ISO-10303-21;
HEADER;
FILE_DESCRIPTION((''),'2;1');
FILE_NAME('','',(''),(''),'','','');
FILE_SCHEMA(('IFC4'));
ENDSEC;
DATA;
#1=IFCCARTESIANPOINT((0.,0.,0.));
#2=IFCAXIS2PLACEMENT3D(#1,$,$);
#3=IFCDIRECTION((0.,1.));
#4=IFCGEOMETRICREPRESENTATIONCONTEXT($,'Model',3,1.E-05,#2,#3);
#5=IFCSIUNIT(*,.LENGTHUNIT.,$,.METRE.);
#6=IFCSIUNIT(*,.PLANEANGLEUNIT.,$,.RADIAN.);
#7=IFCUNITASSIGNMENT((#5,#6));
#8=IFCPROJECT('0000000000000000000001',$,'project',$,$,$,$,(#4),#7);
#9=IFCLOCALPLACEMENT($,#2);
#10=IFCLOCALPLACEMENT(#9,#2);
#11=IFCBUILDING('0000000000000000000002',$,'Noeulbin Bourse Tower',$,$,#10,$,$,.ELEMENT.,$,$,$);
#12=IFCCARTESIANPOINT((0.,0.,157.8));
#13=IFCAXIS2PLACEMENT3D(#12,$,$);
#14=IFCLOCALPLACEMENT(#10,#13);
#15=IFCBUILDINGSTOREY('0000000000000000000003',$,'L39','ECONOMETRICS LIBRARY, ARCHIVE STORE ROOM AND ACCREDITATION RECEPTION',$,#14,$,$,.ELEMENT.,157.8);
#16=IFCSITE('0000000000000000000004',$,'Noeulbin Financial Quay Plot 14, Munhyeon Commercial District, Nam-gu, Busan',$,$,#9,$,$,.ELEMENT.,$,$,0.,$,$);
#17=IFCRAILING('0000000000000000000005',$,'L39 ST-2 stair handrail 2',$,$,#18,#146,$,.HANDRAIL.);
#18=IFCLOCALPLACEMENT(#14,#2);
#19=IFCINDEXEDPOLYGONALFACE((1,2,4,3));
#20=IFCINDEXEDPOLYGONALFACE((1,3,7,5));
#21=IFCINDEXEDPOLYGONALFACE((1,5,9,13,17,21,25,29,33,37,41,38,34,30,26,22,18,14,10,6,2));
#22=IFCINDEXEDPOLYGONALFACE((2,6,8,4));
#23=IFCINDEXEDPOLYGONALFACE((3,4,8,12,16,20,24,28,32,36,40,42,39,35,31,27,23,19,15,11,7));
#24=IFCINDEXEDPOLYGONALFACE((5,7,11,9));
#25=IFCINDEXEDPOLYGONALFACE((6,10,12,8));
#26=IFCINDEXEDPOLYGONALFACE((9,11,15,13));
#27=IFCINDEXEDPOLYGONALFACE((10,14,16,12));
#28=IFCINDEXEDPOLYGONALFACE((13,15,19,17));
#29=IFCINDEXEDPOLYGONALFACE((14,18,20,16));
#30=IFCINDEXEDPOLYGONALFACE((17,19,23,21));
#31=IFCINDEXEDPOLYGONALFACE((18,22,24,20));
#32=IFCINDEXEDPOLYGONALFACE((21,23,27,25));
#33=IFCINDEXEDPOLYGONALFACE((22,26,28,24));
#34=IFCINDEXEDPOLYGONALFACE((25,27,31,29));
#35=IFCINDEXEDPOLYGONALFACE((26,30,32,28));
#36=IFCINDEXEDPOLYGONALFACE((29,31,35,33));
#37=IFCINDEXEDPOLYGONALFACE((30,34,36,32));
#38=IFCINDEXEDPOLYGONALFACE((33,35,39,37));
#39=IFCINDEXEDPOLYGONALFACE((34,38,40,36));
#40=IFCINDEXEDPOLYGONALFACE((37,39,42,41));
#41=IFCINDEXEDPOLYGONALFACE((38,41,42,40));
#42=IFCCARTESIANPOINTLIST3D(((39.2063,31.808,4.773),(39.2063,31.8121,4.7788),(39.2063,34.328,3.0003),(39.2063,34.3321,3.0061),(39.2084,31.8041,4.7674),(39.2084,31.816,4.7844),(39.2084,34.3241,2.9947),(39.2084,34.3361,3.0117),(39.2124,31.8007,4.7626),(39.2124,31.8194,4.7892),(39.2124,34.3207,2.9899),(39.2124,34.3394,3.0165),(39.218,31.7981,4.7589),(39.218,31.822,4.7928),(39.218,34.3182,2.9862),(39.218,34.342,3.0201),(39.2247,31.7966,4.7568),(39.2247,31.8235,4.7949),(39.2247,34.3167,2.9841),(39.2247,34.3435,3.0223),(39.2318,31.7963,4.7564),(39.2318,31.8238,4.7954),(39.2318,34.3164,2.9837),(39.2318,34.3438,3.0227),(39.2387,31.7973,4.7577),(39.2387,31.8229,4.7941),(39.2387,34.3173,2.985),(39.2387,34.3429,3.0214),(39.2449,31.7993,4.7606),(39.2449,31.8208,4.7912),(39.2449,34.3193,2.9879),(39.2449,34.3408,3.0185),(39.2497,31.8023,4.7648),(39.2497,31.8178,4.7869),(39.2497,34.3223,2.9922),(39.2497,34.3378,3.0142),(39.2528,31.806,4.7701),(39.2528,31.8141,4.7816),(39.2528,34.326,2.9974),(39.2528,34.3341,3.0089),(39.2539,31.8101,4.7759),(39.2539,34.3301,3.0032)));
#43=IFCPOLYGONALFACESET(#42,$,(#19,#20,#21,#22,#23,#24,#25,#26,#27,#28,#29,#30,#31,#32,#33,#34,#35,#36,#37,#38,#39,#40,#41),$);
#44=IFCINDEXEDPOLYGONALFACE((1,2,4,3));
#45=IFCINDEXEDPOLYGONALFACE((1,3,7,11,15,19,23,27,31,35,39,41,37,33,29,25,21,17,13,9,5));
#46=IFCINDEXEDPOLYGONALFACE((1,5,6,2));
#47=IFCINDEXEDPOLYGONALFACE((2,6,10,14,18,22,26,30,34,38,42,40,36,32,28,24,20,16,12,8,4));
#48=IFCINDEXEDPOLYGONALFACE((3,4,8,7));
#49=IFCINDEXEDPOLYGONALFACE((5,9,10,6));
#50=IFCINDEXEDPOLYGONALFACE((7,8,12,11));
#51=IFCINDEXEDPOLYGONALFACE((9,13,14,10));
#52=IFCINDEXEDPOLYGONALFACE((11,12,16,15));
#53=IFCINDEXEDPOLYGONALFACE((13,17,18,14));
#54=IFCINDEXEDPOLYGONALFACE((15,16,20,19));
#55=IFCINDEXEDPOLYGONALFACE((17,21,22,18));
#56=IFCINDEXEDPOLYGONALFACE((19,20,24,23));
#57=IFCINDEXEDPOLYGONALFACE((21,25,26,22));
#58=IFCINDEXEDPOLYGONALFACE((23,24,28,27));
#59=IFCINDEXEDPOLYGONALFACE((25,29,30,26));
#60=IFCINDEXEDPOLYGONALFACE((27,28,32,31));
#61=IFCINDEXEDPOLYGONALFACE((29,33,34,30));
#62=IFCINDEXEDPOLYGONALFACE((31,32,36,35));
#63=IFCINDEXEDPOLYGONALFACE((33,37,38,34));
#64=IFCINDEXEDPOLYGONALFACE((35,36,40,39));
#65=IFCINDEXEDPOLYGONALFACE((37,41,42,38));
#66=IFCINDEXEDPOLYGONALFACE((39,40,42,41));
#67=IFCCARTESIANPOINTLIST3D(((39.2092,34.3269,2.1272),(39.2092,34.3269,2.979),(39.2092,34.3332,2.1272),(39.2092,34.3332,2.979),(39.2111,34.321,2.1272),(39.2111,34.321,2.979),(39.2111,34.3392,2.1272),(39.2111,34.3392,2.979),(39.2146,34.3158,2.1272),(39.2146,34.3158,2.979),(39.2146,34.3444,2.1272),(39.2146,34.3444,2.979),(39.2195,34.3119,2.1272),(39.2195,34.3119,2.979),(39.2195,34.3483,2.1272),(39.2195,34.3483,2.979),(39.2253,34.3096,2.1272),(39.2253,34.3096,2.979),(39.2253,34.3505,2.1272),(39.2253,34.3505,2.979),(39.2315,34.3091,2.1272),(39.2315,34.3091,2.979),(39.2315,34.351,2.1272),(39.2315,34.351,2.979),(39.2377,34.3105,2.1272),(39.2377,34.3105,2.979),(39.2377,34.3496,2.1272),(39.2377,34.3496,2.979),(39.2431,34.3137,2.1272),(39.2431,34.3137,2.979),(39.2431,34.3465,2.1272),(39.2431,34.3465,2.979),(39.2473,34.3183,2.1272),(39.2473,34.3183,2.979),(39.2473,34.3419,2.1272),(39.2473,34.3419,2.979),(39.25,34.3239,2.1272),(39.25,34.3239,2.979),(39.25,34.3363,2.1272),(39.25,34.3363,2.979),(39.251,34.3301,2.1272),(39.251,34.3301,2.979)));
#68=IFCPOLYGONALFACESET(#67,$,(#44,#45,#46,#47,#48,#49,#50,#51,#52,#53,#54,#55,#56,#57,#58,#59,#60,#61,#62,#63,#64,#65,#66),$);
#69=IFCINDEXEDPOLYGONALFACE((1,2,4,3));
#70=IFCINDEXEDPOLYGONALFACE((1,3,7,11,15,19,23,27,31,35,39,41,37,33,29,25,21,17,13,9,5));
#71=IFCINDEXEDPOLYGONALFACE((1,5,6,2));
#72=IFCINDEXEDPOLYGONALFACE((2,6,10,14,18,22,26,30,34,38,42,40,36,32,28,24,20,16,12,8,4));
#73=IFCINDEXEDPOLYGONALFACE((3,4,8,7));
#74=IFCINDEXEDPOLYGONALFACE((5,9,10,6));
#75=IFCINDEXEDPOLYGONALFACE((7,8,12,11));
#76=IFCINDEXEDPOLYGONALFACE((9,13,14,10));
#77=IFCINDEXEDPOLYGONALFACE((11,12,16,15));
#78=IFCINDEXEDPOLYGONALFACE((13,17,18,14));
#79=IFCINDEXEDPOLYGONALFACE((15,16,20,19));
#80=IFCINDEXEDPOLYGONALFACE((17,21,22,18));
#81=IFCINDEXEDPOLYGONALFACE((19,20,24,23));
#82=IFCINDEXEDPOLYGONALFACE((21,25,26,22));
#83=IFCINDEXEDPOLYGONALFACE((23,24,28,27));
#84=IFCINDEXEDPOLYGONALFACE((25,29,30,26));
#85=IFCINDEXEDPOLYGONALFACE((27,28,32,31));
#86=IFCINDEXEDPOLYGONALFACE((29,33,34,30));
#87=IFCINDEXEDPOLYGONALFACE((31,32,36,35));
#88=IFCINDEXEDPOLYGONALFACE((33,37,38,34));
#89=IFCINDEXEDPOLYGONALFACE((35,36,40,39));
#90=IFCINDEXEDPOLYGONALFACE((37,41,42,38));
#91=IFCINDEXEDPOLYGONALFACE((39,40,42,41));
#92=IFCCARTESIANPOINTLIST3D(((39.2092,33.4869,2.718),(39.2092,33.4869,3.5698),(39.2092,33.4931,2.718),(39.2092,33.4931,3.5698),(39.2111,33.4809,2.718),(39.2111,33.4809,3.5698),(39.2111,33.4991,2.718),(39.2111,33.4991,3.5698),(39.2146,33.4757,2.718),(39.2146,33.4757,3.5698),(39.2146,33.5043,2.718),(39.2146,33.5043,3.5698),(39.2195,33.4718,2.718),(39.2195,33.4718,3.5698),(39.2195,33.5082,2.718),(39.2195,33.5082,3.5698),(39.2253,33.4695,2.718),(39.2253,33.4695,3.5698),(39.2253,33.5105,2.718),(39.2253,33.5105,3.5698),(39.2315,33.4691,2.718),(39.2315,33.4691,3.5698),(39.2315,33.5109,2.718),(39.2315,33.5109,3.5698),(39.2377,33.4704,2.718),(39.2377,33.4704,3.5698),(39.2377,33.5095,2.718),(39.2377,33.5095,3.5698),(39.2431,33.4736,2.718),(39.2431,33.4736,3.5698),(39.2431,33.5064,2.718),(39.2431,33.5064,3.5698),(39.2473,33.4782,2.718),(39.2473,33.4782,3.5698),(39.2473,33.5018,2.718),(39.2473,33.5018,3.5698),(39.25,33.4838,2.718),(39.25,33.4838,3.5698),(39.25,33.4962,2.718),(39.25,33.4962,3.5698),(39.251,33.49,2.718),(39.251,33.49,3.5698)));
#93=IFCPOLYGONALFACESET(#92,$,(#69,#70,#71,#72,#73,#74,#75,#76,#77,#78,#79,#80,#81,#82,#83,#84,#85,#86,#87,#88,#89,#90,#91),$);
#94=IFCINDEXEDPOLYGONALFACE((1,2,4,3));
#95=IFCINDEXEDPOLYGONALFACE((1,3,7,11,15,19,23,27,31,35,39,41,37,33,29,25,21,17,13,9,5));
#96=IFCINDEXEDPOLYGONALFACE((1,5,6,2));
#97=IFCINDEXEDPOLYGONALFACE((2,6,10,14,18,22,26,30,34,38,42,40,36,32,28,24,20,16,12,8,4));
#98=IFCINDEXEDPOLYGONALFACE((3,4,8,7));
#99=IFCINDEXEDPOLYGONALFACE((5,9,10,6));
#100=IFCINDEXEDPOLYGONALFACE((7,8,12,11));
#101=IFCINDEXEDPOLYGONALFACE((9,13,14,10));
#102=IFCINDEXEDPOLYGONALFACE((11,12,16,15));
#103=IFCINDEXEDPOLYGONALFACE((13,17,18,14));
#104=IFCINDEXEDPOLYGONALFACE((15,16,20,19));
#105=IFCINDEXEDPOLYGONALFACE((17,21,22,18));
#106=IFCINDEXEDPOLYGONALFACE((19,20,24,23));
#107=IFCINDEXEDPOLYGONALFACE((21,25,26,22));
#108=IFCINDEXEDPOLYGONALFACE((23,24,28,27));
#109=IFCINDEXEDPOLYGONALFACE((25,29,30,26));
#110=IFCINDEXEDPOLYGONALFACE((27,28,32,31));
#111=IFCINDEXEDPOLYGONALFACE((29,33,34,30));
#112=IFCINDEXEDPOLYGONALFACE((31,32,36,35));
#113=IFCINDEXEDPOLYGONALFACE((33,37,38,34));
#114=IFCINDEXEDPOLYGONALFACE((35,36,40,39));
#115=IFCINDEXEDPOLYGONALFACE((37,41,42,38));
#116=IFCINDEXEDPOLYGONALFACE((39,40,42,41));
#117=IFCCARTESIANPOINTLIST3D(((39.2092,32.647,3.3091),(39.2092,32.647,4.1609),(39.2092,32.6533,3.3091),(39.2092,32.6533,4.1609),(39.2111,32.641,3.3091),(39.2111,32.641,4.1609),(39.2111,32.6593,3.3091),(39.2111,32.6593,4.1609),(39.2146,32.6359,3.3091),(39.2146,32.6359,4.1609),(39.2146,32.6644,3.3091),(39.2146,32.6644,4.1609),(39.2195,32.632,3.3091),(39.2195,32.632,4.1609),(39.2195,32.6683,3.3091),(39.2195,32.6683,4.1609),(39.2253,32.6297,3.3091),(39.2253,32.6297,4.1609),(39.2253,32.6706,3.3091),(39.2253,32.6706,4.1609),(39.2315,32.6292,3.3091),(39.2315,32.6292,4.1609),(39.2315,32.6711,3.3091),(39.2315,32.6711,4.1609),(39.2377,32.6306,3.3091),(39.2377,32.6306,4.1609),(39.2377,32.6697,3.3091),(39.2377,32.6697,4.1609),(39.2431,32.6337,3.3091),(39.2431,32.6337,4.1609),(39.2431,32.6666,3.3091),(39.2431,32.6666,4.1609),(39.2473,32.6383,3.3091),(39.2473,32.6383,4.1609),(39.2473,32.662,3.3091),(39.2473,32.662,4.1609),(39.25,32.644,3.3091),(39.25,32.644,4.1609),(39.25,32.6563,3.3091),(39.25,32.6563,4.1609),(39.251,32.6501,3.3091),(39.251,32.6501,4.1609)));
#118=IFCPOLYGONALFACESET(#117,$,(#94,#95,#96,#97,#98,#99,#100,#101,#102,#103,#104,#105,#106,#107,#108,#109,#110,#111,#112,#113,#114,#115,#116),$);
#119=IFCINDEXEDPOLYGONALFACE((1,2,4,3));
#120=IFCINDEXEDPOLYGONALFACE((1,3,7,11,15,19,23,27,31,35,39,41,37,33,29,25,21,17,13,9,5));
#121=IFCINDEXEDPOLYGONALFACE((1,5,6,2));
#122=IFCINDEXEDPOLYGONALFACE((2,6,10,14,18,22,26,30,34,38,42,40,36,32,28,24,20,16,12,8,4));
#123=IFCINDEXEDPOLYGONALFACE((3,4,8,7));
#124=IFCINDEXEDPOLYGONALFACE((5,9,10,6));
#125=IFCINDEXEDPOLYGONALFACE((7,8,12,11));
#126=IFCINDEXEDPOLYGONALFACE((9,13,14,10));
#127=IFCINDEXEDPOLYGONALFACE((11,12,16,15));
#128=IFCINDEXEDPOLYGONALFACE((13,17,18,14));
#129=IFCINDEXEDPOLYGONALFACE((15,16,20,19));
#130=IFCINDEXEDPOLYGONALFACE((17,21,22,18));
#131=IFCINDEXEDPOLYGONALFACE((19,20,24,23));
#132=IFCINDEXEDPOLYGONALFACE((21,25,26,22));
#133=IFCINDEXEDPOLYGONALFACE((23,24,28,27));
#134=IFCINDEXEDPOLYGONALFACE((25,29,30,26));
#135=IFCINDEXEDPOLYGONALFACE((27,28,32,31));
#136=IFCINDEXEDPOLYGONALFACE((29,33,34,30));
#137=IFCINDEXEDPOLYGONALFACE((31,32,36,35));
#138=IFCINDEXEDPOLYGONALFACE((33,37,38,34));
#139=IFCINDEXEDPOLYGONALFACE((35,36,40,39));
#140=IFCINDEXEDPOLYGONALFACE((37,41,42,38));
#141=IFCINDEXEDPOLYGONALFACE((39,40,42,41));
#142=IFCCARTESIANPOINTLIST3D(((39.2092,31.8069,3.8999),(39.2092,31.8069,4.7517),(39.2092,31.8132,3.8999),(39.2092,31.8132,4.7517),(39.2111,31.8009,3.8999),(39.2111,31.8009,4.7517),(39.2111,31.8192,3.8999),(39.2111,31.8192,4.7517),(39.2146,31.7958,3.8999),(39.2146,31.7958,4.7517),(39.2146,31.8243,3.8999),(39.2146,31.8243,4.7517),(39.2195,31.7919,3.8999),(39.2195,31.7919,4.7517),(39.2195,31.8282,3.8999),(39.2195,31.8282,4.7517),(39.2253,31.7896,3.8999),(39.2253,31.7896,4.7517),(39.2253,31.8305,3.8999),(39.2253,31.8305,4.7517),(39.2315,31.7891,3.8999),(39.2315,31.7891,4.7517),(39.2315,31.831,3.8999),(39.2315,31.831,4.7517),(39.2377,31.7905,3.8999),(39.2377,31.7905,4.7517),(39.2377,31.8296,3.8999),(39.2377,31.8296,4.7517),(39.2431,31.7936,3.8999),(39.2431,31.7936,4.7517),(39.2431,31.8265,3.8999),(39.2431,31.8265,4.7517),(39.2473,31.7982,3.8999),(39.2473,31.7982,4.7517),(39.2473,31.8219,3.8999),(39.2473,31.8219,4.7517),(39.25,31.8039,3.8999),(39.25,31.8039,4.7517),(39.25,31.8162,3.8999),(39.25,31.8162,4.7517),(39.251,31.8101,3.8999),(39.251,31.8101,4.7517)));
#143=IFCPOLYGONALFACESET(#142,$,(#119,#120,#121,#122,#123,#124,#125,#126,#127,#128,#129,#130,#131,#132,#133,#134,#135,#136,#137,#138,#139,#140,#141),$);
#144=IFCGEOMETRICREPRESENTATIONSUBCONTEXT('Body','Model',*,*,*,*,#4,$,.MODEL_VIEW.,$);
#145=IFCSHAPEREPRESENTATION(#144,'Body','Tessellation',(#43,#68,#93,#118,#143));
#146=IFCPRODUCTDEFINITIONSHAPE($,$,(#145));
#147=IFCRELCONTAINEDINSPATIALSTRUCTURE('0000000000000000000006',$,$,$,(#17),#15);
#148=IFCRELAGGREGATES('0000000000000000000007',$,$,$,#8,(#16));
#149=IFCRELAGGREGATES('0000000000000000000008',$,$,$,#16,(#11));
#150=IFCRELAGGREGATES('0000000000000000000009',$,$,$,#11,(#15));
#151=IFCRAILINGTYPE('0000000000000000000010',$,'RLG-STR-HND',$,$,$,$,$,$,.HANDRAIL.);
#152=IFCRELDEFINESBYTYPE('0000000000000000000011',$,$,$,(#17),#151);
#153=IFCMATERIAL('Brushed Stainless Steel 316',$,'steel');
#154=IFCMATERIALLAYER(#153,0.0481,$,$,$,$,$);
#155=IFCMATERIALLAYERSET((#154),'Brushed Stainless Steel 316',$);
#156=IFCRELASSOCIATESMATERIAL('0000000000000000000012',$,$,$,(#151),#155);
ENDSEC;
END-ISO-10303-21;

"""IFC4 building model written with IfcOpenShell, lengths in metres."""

from ifc_helpers import new_model, si_unit, direction, frame, origin, origin_2d, place, context, subcontext, project, spatial, circle, extrude, material, layer, layer_set, type_object, element, save


model = new_model("IFC4")

# Units and contexts
model_context = context("Model", 3, precision=1e-05, world=origin(), true_north=direction((0.0, 1.0)))
body_context = subcontext(model_context, "Body", "Model", "MODEL_VIEW")
ifc_project = project(units=[si_unit("LENGTHUNIT", "METRE"), si_unit("PLANEANGLEUNIT", "RADIAN")], contexts=[model_context])

# Site, building, storey
site_placement = place(None, origin())
site = spatial("IfcSite", under=ifc_project, at=site_placement, Name="Noeulbin Financial Quay Plot 14, Munhyeon Commercial District, Nam-gu, Busan", CompositionType="ELEMENT", RefElevation=0.0)
building_placement = place(site_placement, origin())
building = spatial("IfcBuilding", under=site, at=building_placement, Name="Noeulbin Bourse Tower", CompositionType="ELEMENT")
storey_placement = place(building_placement, frame((0.0, 0.0, 157.8)))
storey = spatial("IfcBuildingStorey", under=building, at=storey_placement, Name="L39", Description="ECONOMETRICS LIBRARY, ARCHIVE STORE ROOM AND ACCREDITATION RECEPTION", CompositionType="ELEMENT", Elevation=157.8)

# Shared definitions
ifc_material_1 = material(Name="Brushed Stainless Steel 316", Category="steel")

# Railing
ifc_layer_1 = layer(ifc_material_1, 0.0481)
ifc_layer_set_1 = layer_set([ifc_layer_1], Name="Brushed Stainless Steel 316")
railing_type = type_object("IfcRailingType", Name="RLG-STR-HND", PredefinedType="HANDRAIL", material=ifc_layer_set_1)
railing_placement = place(storey_placement, frame((39.23, 34.3301, 2.1272)))
element("IfcRailing", 1, at=railing_placement, inside=storey, type_object=railing_type, Name="L39 ST-2 stair handrail 2", PredefinedType="HANDRAIL", context=body_context, shape_type="SweptSolid", body=[
    extrude(circle(Radius=0.0239, at=origin_2d()), frame((0.0, 0.0, 0.876), z_axis=(0.0, -0.817904, 0.575354), x_axis=(1.0, 0.0, 0.0)), (0.0, 0.0, 1.0), 3.0811),
    extrude(circle(Radius=0.021, at=origin_2d()), origin(), (0.0, 0.0, 1.0), 0.8518),
    extrude(circle(Radius=0.021, at=origin_2d()), frame((0.0, -0.8401, 0.5908)), (0.0, 0.0, 1.0), 0.8518),
    extrude(circle(Radius=0.021, at=origin_2d()), frame((0.0, -1.6799, 1.1819)), (0.0, 0.0, 1.0), 0.8518),
    extrude(circle(Radius=0.021, at=origin_2d()), frame((0.0, -2.52, 1.7727)), (0.0, 0.0, 1.0), 0.8518),
])

save(model, "model.ifc")
